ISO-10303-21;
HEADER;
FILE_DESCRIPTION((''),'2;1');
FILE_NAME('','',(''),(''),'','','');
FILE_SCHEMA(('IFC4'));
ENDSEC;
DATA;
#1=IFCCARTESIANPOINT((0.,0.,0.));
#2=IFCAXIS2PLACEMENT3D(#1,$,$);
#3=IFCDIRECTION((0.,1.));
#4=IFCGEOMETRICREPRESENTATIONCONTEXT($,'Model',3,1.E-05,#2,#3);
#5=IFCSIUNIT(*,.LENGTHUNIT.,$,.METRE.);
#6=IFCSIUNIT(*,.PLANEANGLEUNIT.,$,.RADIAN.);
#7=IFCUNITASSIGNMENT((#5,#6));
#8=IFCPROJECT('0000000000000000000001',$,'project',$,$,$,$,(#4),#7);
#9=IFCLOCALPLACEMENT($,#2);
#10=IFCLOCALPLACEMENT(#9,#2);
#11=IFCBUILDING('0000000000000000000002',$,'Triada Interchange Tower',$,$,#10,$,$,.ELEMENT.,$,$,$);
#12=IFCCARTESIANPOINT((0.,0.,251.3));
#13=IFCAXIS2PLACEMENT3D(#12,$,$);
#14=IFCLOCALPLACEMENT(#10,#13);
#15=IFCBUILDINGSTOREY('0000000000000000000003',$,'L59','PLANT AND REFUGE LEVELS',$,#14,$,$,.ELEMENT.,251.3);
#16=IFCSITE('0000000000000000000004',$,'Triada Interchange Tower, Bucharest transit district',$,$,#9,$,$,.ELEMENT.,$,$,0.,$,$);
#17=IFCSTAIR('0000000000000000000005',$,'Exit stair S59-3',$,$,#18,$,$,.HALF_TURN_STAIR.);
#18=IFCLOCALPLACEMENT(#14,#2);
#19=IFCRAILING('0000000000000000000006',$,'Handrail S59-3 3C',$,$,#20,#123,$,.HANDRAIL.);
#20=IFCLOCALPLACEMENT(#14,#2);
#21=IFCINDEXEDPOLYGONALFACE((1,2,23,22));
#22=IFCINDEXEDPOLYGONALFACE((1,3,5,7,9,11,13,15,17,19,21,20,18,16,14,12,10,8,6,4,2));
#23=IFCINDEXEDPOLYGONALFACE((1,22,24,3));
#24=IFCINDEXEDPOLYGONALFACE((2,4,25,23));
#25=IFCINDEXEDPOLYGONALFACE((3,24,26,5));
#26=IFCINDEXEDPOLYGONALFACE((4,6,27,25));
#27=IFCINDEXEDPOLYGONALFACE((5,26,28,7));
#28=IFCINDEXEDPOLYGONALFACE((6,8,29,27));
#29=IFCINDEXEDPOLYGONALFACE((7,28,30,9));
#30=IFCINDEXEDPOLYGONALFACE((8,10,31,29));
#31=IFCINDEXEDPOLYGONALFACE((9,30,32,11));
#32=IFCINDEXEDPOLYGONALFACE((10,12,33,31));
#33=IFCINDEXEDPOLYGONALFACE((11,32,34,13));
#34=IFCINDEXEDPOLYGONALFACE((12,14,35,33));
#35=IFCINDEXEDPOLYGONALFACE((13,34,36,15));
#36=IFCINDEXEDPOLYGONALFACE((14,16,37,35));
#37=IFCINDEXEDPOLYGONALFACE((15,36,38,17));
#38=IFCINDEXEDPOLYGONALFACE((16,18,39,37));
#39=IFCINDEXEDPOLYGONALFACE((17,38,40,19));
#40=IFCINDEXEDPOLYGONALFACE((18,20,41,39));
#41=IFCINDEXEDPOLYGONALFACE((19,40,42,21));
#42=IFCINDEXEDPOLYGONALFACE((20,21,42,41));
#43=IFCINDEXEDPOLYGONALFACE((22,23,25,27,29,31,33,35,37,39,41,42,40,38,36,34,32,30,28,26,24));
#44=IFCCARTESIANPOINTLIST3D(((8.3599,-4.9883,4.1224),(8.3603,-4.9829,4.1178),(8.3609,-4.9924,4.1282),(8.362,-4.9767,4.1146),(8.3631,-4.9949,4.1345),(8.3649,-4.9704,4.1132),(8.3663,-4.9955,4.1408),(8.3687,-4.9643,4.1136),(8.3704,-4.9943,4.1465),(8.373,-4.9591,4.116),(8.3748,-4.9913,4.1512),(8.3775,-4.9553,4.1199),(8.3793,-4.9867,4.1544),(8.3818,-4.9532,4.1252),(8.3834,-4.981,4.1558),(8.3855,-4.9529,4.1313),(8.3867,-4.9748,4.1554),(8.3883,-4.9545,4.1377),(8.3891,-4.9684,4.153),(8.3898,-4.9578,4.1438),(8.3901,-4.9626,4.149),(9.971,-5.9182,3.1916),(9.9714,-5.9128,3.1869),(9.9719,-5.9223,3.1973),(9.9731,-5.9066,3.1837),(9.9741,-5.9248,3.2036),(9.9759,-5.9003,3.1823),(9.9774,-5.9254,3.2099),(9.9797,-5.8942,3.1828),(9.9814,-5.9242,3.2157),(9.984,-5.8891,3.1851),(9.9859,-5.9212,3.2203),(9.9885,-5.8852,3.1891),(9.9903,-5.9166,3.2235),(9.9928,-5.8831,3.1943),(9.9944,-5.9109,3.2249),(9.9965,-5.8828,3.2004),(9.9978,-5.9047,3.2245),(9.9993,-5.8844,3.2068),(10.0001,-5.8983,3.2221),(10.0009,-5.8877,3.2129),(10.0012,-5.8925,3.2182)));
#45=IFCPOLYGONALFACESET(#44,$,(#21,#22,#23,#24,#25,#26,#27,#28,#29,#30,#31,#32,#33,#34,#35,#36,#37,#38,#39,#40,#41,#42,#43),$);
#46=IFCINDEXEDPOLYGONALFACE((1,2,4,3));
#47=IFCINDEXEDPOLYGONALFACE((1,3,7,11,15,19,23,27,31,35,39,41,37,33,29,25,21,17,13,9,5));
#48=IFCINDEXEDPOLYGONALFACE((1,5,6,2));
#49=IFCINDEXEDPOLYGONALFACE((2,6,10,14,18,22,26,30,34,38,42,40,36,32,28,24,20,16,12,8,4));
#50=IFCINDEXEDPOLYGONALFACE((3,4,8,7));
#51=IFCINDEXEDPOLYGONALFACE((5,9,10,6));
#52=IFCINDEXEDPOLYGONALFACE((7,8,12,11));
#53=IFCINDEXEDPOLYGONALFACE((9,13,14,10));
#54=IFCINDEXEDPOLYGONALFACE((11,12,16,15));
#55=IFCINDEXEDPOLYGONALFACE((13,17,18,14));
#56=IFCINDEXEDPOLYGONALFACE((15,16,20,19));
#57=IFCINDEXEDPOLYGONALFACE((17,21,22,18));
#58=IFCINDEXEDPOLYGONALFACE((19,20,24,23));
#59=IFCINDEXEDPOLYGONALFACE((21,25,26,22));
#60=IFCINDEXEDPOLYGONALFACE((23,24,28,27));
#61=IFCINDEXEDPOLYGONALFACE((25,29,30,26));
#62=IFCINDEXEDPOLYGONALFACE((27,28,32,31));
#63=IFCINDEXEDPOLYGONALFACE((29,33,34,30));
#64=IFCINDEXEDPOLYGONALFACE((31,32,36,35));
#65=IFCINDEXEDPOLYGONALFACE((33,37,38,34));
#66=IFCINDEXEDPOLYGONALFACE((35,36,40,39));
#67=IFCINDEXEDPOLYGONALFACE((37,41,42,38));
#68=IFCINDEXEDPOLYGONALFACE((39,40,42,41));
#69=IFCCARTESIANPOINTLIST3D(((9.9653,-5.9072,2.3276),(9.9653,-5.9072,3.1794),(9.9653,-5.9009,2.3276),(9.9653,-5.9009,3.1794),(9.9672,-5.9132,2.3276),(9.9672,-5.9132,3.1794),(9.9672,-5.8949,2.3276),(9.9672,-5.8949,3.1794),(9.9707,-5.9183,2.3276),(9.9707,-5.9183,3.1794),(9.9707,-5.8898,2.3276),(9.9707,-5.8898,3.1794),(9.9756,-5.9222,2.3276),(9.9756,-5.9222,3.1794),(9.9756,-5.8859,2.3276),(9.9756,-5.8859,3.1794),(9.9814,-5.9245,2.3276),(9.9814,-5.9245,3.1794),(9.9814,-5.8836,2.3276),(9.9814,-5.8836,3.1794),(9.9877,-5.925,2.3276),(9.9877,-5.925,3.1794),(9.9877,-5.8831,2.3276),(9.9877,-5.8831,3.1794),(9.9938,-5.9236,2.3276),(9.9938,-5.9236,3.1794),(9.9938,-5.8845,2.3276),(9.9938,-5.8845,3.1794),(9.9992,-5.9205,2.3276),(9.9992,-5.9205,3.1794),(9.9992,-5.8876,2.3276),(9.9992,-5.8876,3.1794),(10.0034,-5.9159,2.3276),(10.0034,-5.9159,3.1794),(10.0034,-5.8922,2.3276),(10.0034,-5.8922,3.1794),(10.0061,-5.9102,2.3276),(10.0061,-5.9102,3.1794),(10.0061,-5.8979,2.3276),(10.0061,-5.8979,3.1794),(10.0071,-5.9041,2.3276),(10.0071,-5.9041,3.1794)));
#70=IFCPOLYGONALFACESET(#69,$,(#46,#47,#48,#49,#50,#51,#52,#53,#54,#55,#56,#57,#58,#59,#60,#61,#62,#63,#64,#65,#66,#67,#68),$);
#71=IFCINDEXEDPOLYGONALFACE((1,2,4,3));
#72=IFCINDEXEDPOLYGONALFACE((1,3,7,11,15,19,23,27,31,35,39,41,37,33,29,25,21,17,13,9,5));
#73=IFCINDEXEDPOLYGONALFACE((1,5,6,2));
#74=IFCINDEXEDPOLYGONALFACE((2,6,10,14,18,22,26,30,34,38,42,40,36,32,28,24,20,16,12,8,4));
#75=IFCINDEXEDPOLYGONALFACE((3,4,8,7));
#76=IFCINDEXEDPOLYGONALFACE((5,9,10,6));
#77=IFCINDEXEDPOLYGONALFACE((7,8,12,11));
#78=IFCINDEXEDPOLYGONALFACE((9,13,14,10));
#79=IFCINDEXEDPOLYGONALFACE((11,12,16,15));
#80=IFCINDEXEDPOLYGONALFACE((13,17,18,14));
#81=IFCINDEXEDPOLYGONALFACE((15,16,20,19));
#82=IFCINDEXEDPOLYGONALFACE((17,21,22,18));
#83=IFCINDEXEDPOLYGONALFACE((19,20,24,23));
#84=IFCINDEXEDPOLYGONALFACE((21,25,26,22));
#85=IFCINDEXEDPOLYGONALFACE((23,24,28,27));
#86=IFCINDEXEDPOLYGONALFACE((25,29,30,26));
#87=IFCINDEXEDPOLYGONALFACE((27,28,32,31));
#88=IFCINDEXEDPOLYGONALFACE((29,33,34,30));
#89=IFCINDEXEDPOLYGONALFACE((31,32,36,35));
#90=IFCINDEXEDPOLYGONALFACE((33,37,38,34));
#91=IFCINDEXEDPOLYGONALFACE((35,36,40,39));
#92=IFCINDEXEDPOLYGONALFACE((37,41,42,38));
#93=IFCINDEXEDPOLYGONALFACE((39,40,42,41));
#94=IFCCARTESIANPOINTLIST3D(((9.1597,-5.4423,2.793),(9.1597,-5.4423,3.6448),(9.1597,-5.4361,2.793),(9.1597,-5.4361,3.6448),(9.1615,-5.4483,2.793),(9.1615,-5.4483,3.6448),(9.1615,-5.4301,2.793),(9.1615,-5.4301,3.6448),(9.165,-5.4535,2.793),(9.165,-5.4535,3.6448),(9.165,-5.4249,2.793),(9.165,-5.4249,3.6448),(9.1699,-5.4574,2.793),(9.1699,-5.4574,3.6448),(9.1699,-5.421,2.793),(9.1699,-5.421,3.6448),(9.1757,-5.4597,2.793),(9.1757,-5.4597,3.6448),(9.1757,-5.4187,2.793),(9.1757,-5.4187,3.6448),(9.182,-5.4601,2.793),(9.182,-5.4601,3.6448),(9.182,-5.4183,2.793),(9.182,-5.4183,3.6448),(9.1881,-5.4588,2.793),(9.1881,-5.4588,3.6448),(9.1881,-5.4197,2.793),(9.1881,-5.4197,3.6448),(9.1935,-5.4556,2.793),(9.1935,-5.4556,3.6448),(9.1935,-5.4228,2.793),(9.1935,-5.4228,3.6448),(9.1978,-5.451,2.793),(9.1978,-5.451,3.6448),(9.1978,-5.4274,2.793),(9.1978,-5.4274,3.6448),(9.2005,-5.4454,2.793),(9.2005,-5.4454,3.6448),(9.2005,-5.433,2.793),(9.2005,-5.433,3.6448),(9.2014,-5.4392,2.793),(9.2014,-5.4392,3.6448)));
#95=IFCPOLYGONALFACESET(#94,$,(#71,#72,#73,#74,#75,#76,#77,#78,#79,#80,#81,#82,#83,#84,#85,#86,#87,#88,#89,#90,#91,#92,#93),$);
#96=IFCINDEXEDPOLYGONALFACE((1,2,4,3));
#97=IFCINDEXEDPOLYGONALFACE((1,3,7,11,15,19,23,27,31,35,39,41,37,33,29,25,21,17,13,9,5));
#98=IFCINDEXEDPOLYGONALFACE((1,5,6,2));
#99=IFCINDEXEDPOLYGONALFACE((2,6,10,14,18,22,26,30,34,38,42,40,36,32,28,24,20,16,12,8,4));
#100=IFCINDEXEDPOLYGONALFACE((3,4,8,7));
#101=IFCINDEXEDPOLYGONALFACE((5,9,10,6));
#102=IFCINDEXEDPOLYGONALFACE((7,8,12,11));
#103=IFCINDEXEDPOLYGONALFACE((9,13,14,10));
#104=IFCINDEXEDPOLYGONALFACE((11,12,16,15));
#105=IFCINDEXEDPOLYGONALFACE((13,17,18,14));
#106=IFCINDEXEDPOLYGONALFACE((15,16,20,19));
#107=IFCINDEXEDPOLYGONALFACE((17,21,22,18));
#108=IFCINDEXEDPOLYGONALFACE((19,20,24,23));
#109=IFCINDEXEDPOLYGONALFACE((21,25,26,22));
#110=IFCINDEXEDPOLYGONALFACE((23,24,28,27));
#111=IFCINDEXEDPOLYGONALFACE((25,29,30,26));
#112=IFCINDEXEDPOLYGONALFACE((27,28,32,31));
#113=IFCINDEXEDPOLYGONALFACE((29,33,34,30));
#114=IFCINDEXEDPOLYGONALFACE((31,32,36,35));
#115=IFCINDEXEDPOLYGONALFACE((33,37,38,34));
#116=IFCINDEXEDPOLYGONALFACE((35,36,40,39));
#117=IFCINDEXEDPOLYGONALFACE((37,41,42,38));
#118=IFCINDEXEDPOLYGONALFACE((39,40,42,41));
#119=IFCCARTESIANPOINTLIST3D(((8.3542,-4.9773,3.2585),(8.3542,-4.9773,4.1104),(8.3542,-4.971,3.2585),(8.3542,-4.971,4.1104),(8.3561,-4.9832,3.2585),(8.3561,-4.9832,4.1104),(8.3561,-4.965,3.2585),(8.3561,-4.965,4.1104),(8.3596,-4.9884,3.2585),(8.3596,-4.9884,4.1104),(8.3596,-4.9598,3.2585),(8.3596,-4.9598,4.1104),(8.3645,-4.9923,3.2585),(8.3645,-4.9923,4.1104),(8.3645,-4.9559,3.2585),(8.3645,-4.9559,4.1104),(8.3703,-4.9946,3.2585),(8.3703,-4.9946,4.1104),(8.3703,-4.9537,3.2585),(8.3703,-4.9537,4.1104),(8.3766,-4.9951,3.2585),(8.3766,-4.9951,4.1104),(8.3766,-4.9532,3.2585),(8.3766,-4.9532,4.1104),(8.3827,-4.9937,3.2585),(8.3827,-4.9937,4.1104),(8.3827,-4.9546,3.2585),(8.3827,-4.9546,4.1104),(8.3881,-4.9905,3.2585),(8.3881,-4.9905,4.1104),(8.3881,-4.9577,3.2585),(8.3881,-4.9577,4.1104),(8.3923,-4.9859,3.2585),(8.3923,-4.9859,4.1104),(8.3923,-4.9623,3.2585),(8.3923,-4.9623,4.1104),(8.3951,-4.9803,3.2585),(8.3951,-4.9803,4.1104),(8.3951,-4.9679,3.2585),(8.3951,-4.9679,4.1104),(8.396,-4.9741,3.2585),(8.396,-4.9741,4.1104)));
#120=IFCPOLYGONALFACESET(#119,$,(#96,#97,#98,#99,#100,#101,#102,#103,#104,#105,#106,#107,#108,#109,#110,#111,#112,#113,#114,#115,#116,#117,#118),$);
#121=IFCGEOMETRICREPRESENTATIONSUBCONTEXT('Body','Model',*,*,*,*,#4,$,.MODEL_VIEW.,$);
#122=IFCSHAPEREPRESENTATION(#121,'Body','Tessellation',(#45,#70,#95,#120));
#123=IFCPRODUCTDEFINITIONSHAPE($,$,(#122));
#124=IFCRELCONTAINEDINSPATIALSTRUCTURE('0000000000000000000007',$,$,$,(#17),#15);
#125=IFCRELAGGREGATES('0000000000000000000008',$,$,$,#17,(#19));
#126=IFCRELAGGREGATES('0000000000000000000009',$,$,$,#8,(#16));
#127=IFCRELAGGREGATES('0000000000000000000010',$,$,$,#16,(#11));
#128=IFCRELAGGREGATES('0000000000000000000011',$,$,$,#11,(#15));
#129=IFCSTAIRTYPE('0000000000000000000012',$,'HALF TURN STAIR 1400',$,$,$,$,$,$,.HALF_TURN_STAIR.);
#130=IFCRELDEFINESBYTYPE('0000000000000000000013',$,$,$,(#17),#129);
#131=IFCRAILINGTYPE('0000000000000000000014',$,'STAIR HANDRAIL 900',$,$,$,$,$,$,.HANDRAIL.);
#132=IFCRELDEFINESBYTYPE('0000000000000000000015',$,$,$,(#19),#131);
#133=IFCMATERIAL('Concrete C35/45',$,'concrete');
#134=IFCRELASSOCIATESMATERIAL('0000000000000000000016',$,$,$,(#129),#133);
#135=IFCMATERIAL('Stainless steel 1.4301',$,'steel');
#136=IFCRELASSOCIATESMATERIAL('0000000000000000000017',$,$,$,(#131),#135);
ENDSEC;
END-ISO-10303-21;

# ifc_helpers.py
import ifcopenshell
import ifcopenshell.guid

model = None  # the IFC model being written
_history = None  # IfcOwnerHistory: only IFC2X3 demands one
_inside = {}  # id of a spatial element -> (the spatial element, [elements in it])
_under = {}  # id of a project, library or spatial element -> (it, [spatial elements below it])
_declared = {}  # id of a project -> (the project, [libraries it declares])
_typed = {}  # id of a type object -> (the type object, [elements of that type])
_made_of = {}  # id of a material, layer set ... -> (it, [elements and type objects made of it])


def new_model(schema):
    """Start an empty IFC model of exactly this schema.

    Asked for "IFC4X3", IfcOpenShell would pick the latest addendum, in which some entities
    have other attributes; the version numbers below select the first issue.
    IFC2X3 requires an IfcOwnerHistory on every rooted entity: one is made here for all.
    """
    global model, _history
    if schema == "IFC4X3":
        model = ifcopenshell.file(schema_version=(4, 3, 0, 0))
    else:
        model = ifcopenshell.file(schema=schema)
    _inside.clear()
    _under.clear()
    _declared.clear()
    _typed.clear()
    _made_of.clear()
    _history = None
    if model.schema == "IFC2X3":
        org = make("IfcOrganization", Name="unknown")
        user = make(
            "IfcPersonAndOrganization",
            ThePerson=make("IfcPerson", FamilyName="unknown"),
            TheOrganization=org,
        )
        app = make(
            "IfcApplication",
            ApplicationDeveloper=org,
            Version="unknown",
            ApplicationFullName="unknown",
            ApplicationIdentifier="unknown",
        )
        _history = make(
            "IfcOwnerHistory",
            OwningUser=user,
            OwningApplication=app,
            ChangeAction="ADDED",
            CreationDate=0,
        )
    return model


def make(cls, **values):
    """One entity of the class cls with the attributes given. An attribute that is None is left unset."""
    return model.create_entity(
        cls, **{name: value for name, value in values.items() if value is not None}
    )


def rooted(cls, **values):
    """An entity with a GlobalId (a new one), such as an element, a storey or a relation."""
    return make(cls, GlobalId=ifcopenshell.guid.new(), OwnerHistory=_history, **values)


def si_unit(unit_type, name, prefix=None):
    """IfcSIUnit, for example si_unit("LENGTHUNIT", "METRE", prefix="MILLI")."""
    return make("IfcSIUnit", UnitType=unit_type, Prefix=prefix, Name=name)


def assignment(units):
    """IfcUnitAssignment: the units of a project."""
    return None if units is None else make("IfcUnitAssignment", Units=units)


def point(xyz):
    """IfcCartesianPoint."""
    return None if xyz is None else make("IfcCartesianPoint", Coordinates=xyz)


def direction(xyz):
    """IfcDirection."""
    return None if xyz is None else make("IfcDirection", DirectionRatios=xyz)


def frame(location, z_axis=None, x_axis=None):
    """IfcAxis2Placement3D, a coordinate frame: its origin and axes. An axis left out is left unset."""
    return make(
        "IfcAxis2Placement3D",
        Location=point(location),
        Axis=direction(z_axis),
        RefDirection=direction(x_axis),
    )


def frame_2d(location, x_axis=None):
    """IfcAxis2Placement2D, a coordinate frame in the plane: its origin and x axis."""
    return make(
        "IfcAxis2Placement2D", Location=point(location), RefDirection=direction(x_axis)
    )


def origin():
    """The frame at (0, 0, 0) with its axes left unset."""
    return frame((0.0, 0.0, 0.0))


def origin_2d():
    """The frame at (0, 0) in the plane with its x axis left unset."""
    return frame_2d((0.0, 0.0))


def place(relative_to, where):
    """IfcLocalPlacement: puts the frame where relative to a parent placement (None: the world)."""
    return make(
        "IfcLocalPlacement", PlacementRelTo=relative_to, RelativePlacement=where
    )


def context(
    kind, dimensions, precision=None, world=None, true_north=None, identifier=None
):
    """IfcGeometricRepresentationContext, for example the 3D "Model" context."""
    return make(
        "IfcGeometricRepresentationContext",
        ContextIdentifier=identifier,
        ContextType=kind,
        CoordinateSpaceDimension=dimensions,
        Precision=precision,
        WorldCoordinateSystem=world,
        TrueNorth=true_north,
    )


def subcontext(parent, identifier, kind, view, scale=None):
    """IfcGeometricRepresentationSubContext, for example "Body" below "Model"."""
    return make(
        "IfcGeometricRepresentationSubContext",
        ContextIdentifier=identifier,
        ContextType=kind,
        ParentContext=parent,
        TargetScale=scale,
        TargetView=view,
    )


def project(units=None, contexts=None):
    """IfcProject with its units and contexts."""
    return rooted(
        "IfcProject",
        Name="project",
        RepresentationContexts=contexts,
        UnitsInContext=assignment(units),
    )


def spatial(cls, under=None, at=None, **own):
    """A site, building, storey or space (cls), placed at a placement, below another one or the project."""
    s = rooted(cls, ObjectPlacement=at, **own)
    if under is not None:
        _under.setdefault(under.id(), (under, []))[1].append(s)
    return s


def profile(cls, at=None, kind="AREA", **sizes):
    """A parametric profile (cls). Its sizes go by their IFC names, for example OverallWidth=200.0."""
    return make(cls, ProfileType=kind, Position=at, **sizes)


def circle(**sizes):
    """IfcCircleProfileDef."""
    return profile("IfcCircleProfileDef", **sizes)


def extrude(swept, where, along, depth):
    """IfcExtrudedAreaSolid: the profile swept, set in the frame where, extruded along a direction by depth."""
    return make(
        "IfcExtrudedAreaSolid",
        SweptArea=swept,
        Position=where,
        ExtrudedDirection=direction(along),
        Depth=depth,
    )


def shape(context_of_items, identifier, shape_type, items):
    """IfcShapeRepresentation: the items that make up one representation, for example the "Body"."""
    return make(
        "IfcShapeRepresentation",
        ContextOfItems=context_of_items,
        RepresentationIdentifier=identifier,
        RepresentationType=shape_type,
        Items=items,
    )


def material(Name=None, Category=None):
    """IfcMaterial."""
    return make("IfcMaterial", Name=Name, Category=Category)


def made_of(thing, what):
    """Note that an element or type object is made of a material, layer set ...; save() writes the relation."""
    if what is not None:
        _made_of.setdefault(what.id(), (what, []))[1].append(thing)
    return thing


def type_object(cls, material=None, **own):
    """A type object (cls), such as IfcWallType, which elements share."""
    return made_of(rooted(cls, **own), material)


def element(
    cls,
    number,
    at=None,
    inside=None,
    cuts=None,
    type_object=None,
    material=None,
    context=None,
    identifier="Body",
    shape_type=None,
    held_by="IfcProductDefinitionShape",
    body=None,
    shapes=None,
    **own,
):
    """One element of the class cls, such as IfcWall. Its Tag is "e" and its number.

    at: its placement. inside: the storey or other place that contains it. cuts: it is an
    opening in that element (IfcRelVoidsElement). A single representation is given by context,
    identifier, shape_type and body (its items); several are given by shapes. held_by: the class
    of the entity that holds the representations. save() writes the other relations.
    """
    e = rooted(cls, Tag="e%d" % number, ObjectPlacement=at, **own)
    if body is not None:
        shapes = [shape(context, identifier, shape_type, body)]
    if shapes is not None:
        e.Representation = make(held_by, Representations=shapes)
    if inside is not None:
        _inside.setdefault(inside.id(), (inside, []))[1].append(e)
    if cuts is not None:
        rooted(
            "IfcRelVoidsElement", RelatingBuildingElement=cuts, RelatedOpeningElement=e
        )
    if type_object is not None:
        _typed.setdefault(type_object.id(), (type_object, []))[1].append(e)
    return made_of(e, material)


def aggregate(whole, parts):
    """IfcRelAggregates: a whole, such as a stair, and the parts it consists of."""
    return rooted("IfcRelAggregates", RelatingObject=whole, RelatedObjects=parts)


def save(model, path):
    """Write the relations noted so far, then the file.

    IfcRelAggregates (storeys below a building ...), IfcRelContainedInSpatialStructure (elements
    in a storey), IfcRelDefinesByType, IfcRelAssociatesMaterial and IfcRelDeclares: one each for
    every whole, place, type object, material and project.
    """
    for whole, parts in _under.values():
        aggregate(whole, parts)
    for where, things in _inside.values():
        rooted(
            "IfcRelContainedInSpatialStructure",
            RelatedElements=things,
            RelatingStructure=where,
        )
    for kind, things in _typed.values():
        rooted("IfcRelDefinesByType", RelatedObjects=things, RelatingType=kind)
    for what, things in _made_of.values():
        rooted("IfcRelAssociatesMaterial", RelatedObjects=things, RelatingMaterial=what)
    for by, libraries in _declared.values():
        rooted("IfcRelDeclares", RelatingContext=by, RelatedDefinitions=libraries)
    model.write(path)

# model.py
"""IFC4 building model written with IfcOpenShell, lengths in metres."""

from ifc_helpers import new_model, si_unit, direction, frame, origin, origin_2d, place, context, subcontext, project, spatial, circle, extrude, material, type_object, element, aggregate, save


model = new_model("IFC4")

# Units and contexts
model_context = context("Model", 3, precision=1e-05, world=origin(), true_north=direction((0.0, 1.0)))
body_context = subcontext(model_context, "Body", "Model", "MODEL_VIEW")
ifc_project = project(units=[si_unit("LENGTHUNIT", "METRE"), si_unit("PLANEANGLEUNIT", "RADIAN")], contexts=[model_context])

# Site, building, storey
site_placement = place(None, origin())
site = spatial("IfcSite", under=ifc_project, at=site_placement, Name="Triada Interchange Tower, Bucharest transit district", CompositionType="ELEMENT", RefElevation=0.0)
building_placement = place(site_placement, origin())
building = spatial("IfcBuilding", under=site, at=building_placement, Name="Triada Interchange Tower", CompositionType="ELEMENT")
storey_placement = place(building_placement, frame((0.0, 0.0, 251.3)))
storey = spatial("IfcBuildingStorey", under=building, at=storey_placement, Name="L59", Description="PLANT AND REFUGE LEVELS", CompositionType="ELEMENT", Elevation=251.3)

# Shared definitions
ifc_material_1 = material(Name="Concrete C35/45", Category="concrete")

# Stair, railing
stair_type = type_object("IfcStairType", Name="HALF TURN STAIR 1400", PredefinedType="HALF_TURN_STAIR", material=ifc_material_1)
stair_placement = place(storey_placement, origin())
stair = element("IfcStair", 1, at=stair_placement, inside=storey, type_object=stair_type, Name="Exit stair S59-3", PredefinedType="HALF_TURN_STAIR")
ifc_material_2 = material(Name="Stainless steel 1.4301", Category="steel")
railing_type = type_object("IfcRailingType", Name="STAIR HANDRAIL 900", PredefinedType="HANDRAIL", material=ifc_material_2)
railing_1_placement = place(storey_placement, frame((9.9861, -5.9041, 2.3276)))
railing_1 = element("IfcRailing", 2, at=railing_1_placement, type_object=railing_type, Name="Handrail S59-3 3C", PredefinedType="HANDRAIL", context=body_context, shape_type="SweptSolid", body=[
    extrude(circle(Radius=0.0239, at=origin_2d()), frame((0.0, 0.0, 0.876), z_axis=(-0.77451, 0.447054, 0.447523), x_axis=(-0.499908, -0.866079, 0.0)), (0.0, 0.0, 1.0), 2.0801),
    extrude(circle(Radius=0.021, at=origin_2d()), origin(), (0.0, 0.0, 1.0), 0.8518),
    extrude(circle(Radius=0.021, at=origin_2d()), frame((-0.8057, 0.4648, 0.4653)), (0.0, 0.0, 1.0), 0.8518),
    extrude(circle(Radius=0.021, at=origin_2d()), frame((-1.6111, 0.9299, 0.9309)), (0.0, 0.0, 1.0), 0.8518),
])
aggregate(stair, [railing_1])

save(model, "model.ifc")
